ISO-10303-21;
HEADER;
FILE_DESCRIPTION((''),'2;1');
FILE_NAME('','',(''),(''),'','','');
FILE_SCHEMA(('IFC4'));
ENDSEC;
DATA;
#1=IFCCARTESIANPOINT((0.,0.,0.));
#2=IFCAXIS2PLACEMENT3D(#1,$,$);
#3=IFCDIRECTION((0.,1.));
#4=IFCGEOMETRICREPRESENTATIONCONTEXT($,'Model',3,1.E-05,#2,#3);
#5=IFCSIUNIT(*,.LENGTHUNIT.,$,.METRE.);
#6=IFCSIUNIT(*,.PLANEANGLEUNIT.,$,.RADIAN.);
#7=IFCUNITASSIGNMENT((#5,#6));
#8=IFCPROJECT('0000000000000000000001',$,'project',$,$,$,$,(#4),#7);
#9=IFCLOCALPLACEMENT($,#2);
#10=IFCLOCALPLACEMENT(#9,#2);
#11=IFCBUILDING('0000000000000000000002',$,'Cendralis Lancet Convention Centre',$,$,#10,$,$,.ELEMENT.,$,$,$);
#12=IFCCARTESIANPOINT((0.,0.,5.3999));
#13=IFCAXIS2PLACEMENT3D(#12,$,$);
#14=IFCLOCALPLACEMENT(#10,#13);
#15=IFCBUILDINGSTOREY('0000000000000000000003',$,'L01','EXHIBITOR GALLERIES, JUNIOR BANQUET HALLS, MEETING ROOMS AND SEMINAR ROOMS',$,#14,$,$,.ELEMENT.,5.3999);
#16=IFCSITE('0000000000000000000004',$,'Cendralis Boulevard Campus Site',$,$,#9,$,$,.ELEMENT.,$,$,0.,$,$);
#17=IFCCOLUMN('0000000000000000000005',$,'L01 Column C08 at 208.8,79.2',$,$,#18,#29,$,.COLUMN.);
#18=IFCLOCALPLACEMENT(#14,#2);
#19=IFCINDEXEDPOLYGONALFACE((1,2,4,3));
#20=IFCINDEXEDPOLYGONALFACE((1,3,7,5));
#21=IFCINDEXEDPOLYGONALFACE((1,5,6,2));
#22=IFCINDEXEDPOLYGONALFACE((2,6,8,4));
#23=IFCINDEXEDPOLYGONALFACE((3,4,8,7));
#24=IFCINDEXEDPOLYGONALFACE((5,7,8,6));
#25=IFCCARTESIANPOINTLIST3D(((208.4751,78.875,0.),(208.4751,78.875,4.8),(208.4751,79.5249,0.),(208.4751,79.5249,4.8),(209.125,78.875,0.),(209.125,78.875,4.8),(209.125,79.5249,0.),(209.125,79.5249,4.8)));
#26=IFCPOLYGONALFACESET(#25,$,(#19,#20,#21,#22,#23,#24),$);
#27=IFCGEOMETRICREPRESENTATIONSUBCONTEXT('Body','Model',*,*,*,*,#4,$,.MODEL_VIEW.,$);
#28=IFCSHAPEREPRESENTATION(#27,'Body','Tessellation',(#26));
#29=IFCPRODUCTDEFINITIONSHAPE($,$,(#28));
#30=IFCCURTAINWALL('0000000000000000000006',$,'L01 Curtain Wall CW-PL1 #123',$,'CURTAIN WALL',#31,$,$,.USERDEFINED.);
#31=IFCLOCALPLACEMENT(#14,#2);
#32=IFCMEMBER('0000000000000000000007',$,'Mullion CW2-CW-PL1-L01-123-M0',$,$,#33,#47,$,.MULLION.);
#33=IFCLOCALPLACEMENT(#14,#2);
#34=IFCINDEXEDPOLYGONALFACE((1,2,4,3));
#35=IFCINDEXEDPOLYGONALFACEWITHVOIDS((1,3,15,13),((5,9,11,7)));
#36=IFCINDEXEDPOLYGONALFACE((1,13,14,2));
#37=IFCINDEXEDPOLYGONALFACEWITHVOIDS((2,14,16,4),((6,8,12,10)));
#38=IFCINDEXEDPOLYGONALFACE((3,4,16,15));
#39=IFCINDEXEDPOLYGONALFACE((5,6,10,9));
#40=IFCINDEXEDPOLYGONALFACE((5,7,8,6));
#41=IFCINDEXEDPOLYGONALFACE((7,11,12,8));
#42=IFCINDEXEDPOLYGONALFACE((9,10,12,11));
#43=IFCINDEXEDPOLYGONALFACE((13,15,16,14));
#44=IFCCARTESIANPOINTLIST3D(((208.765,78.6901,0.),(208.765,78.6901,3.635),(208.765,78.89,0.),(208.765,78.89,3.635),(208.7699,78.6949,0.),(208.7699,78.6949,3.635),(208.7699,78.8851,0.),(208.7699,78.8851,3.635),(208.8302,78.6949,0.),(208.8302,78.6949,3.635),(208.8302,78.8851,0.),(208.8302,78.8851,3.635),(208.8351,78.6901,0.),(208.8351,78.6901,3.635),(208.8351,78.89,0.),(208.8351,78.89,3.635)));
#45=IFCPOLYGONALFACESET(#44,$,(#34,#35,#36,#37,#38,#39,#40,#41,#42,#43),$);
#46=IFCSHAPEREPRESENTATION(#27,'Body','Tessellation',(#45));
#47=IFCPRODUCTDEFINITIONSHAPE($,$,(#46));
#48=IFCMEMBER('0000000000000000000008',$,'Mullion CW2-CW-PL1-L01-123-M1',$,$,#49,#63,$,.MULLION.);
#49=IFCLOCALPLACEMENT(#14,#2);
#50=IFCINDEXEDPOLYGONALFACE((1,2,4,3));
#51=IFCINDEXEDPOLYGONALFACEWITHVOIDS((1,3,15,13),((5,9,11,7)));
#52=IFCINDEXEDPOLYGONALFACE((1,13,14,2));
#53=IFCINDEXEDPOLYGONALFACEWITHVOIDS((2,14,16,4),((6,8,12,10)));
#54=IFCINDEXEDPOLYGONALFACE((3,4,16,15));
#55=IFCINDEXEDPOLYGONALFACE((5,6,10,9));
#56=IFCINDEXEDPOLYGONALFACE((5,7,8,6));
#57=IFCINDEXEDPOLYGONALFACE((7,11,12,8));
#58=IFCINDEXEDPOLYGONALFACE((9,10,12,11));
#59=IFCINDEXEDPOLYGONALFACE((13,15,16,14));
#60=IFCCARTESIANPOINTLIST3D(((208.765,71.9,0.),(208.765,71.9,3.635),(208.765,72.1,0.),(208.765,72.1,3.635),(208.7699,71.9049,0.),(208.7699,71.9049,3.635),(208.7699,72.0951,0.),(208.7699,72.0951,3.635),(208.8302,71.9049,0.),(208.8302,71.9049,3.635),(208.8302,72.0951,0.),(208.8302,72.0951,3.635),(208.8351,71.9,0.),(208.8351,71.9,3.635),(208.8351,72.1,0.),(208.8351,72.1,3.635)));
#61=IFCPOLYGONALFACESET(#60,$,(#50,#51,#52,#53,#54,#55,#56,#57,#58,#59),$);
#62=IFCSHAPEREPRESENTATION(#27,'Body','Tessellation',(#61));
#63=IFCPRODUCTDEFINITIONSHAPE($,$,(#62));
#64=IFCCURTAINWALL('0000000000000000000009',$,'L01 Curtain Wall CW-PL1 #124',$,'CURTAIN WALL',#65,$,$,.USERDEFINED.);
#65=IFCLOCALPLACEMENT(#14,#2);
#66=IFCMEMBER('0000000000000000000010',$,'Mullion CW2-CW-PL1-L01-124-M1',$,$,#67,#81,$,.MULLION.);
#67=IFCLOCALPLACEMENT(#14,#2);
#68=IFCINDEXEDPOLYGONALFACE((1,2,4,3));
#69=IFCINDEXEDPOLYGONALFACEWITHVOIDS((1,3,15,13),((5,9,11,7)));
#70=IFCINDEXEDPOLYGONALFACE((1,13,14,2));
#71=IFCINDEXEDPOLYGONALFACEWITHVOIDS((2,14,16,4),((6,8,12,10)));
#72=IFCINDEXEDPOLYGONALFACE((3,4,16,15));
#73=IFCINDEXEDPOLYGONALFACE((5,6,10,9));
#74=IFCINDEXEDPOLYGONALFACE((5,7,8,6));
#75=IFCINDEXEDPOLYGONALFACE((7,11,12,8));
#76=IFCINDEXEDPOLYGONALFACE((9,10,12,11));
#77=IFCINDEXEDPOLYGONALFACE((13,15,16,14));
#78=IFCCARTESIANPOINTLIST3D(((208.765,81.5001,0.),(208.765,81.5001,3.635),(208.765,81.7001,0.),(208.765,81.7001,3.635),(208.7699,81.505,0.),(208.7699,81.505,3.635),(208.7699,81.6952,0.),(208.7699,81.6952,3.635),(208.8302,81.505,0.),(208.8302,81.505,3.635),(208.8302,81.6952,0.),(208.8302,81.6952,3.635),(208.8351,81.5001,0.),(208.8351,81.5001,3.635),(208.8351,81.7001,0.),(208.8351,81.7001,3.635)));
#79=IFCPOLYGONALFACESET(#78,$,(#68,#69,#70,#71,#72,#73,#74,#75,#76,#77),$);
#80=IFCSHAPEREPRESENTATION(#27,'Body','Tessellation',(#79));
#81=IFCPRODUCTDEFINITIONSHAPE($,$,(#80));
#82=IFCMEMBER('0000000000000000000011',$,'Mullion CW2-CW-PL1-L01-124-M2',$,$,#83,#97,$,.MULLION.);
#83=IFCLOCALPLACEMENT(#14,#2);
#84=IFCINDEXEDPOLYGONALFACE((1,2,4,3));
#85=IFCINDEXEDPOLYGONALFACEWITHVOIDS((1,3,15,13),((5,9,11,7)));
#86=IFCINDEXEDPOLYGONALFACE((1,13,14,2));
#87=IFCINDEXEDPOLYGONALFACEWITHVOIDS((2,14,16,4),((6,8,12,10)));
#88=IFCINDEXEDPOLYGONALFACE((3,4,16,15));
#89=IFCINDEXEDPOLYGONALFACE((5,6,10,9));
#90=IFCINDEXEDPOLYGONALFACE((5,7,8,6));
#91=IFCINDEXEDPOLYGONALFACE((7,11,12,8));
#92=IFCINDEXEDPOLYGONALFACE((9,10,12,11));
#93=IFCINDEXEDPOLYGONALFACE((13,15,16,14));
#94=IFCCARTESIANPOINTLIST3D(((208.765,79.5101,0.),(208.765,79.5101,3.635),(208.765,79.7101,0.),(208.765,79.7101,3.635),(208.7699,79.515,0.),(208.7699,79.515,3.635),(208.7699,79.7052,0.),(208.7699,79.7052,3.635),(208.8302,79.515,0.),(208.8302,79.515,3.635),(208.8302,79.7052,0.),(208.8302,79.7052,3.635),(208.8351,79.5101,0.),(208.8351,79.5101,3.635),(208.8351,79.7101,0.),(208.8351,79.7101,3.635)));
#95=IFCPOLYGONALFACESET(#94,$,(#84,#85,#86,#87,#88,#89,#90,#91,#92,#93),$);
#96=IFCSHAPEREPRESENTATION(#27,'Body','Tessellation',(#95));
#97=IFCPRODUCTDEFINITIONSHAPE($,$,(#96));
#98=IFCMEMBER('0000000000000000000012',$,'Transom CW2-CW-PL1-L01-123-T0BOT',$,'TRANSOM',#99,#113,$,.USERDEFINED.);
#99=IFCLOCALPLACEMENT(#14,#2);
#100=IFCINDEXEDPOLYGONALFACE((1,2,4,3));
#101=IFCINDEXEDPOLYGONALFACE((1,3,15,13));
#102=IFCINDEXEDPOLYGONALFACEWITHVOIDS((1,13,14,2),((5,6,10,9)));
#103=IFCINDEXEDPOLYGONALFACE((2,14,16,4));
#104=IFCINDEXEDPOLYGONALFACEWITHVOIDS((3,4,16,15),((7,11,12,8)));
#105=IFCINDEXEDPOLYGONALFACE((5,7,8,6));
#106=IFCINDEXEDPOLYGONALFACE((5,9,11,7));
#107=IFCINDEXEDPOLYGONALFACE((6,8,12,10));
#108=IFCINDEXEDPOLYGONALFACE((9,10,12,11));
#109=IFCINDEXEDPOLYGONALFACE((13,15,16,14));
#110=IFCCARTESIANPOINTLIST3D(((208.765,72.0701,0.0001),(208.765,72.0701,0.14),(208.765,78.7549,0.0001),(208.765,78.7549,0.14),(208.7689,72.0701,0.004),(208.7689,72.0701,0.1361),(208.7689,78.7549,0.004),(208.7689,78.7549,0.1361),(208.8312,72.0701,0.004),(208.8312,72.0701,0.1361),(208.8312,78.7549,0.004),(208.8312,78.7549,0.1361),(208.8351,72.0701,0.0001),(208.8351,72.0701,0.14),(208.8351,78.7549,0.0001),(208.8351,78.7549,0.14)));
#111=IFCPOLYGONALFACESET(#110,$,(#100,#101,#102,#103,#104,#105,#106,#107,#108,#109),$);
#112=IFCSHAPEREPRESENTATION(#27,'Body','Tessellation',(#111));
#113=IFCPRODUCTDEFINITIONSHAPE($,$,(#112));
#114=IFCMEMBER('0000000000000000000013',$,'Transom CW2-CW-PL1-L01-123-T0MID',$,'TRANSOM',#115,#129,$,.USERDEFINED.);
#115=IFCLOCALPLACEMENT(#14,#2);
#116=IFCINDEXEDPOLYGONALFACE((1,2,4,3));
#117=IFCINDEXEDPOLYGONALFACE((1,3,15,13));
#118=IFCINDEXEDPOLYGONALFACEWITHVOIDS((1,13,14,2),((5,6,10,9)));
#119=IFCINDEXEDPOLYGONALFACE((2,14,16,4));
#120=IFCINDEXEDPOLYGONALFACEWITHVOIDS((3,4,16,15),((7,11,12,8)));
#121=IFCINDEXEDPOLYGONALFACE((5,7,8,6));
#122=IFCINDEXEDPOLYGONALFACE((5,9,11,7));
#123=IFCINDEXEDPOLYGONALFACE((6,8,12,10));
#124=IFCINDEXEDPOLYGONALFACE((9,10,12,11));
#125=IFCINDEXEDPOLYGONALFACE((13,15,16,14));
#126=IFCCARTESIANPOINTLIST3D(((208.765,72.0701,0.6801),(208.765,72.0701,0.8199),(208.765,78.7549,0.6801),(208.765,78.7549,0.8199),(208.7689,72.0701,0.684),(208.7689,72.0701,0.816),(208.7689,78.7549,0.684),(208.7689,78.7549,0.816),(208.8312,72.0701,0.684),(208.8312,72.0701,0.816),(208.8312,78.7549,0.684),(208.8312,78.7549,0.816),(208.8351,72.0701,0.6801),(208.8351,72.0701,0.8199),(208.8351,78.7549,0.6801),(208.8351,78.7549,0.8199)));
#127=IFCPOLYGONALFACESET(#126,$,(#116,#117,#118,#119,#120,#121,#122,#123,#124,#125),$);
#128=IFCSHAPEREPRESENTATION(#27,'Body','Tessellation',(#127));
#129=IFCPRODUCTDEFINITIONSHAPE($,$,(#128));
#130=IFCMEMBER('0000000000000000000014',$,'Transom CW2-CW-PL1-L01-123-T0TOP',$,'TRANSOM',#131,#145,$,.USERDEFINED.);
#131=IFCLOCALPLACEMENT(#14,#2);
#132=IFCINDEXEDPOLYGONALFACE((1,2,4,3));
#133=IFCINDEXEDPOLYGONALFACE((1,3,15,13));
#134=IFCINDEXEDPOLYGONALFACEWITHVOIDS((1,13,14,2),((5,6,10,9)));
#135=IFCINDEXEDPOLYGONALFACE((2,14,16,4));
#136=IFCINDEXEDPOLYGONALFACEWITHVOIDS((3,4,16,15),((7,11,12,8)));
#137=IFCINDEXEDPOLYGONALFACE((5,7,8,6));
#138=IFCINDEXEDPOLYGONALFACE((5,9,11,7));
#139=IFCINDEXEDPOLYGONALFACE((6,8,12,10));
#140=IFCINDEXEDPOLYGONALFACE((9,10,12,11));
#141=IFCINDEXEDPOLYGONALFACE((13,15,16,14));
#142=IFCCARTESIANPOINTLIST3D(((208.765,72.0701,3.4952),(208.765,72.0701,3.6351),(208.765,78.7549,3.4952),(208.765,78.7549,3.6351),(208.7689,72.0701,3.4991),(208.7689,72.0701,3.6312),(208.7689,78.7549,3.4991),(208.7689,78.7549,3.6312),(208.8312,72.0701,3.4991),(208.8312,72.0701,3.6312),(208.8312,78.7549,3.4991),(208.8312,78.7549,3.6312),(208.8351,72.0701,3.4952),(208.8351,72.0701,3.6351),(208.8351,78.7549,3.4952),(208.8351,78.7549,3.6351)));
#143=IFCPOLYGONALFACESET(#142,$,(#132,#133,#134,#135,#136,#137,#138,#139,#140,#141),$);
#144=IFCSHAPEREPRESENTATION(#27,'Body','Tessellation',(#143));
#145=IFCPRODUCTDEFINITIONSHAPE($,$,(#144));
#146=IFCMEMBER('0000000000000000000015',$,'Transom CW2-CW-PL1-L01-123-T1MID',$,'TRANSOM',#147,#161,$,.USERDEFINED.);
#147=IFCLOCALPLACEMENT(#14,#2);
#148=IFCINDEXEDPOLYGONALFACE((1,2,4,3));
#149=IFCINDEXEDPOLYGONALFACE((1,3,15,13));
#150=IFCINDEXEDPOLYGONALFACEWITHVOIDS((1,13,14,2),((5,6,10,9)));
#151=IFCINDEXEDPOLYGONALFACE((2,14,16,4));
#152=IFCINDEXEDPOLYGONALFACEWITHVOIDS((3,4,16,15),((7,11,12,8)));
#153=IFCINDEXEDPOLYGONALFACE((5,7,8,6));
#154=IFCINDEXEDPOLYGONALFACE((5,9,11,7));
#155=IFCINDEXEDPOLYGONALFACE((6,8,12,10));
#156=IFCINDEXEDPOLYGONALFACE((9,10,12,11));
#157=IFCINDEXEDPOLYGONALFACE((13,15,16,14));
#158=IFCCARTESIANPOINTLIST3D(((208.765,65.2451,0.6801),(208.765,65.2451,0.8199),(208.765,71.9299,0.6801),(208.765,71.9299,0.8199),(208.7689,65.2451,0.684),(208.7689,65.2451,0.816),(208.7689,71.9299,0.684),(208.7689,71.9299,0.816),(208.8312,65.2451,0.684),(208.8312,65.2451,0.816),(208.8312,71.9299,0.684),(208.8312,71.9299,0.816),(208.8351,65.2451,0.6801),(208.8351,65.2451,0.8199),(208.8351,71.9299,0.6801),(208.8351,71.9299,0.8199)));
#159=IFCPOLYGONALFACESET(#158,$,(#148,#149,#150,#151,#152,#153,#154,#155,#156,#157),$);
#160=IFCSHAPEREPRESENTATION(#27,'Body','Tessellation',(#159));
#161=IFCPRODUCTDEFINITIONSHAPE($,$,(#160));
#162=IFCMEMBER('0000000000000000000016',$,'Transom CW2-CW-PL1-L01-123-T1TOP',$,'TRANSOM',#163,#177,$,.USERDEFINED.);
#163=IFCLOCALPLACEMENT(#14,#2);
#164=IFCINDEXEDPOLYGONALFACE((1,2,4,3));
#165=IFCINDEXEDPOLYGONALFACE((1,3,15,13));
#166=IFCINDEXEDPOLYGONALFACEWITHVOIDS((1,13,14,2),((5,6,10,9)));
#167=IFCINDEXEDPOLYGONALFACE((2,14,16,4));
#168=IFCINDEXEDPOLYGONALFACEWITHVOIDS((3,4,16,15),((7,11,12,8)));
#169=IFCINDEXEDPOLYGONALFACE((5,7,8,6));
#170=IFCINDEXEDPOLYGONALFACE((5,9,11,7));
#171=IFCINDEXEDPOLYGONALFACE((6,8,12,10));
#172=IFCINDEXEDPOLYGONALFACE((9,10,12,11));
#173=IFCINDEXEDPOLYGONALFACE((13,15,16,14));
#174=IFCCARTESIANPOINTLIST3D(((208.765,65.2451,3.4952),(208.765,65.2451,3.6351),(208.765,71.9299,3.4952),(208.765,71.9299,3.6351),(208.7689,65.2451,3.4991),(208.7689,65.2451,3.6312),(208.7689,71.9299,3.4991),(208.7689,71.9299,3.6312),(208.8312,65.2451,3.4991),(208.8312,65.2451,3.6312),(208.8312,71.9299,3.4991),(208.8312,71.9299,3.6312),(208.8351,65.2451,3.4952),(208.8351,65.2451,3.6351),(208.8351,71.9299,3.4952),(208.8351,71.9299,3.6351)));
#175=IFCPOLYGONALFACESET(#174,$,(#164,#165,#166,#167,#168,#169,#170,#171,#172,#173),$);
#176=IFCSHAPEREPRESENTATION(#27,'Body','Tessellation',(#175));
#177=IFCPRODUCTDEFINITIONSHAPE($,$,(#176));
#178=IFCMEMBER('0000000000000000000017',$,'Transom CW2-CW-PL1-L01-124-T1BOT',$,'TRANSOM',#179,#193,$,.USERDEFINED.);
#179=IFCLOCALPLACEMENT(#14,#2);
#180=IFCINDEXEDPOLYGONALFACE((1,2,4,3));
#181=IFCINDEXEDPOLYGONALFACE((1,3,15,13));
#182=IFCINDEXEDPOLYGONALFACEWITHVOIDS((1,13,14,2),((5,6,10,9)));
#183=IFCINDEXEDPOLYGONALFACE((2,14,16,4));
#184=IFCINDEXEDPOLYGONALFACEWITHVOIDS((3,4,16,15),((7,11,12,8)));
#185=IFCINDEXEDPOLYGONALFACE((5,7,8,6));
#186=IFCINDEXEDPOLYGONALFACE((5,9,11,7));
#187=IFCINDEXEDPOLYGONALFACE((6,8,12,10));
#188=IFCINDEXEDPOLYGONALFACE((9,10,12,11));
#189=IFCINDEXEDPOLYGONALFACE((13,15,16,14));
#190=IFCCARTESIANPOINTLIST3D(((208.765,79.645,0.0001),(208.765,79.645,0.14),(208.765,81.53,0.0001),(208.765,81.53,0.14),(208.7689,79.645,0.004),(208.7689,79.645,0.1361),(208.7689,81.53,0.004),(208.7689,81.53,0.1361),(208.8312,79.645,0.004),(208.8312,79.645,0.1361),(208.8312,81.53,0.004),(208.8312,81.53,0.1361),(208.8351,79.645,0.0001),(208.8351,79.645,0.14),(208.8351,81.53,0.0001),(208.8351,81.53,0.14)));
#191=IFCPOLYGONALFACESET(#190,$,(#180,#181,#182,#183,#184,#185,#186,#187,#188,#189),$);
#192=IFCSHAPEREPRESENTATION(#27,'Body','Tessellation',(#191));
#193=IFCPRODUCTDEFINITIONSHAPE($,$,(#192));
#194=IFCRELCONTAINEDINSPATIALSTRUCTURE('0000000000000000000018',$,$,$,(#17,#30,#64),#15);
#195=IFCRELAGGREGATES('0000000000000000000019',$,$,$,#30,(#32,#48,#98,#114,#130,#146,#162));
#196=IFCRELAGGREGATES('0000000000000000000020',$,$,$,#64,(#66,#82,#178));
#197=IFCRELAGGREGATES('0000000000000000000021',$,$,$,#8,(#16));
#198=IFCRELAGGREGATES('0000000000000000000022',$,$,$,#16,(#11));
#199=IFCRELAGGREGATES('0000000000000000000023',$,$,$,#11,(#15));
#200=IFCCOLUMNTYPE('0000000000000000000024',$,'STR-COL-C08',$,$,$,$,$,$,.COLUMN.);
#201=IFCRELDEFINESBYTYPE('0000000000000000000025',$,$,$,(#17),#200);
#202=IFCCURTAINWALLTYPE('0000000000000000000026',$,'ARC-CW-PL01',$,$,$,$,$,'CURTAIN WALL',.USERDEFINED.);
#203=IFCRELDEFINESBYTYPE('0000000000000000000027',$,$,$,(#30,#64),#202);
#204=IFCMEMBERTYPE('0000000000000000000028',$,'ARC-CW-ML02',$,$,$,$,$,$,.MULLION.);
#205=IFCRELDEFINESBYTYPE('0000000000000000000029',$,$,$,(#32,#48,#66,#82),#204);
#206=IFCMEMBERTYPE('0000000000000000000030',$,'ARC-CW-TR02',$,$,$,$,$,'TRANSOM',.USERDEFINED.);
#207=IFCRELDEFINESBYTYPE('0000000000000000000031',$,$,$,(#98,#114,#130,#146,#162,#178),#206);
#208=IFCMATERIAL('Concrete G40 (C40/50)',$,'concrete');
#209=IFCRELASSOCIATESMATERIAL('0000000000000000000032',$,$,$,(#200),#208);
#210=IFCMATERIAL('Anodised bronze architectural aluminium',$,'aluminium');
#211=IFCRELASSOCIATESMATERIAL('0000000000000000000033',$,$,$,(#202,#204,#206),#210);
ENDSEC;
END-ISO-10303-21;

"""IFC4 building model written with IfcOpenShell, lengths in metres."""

from ifc_helpers import new_model, si_unit, direction, frame, origin, origin_2d, place, context, subcontext, project, spatial, rectangle, hollow_rectangle, extrude, material, material_profile, profile_set, type_object, element, aggregate, save


model = new_model("IFC4")

# Units and contexts
model_context = context("Model", 3, precision=1e-05, world=origin(), true_north=direction((0.0, 1.0)))
body_context = subcontext(model_context, "Body", "Model", "MODEL_VIEW")
ifc_project = project(units=[si_unit("LENGTHUNIT", "METRE"), si_unit("PLANEANGLEUNIT", "RADIAN")], contexts=[model_context])

# Site, building, storey
site_placement = place(None, origin())
site = spatial("IfcSite", under=ifc_project, at=site_placement, Name="Cendralis Boulevard Campus Site", CompositionType="ELEMENT", RefElevation=0.0)
building_placement = place(site_placement, origin())
building = spatial("IfcBuilding", under=site, at=building_placement, Name="Cendralis Lancet Convention Centre", CompositionType="ELEMENT")
storey_placement = place(building_placement, frame((0.0, 0.0, 5.3999)))
storey = spatial("IfcBuildingStorey", under=building, at=storey_placement, Name="L01", Description="EXHIBITOR GALLERIES, JUNIOR BANQUET HALLS, MEETING ROOMS AND SEMINAR ROOMS", CompositionType="ELEMENT", Elevation=5.3999)

# Column
ifc_material_1 = material(Name="Concrete G40 (C40/50)", Category="concrete")
ifc_material_profile_1 = material_profile(ifc_material_1, rectangle(XDim=0.6499, YDim=0.6499, at=origin_2d()), Name="RC 650x650")
ifc_profile_set_1 = profile_set([ifc_material_profile_1], Name="Concrete G40 (C40/50)")
column_type = type_object("IfcColumnType", Name="STR-COL-C08", PredefinedType="COLUMN", material=ifc_profile_set_1)
column_placement = place(storey_placement, frame((208.8, 79.2, 0.0), z_axis=(0.0, 0.0, 1.0), x_axis=(1.0, 0.0, 0.0)))
element("IfcColumn", 1, at=column_placement, inside=storey, type_object=column_type, Name="L01 Column C08 at 208.8,79.2", PredefinedType="COLUMN", context=body_context, shape_type="SweptSolid", body=[
    extrude(rectangle(XDim=0.6499, YDim=0.6499, at=origin_2d()), origin(), (0.0, 0.0, 1.0), 4.8),
])

# Curtain walls, members
ifc_material_2 = material(Name="Anodised bronze architectural aluminium", Category="aluminium")
curtain_wall_type = type_object("IfcCurtainWallType", Name="ARC-CW-PL01", ElementType="CURTAIN WALL", PredefinedType="USERDEFINED", material=ifc_material_2)
curtain_wall_1_placement = place(storey_placement, origin())
curtain_wall_1 = element("IfcCurtainWall", 2, at=curtain_wall_1_placement, inside=storey, type_object=curtain_wall_type, Name="L01 Curtain Wall CW-PL1 #123", ObjectType="CURTAIN WALL", PredefinedType="USERDEFINED")
ifc_material_profile_2 = material_profile(ifc_material_2, hollow_rectangle(XDim=0.0701, YDim=0.2, WallThickness=0.0049, at=origin_2d()), Name="AL-MULL 70x200x5.0")
ifc_profile_set_2 = profile_set([ifc_material_profile_2], Name="Anodised bronze architectural aluminium")
member_type_1 = type_object("IfcMemberType", Name="ARC-CW-ML02", PredefinedType="MULLION", material=ifc_profile_set_2)
member_1_placement = place(storey_placement, frame((208.8, 78.79, 0.0), z_axis=(0.0, 0.0, 1.0), x_axis=(1.0, 0.0, 0.0)))
member_1 = element("IfcMember", 3, at=member_1_placement, type_object=member_type_1, Name="Mullion CW2-CW-PL1-L01-123-M0", PredefinedType="MULLION", context=body_context, shape_type="SweptSolid", body=[
    extrude(hollow_rectangle(XDim=0.0701, YDim=0.2, WallThickness=0.0049, at=origin_2d()), origin(), (0.0, 0.0, 1.0), 3.635),
])
member_2_placement = place(storey_placement, frame((208.8, 72.0, 0.0), z_axis=(0.0, 0.0, 1.0), x_axis=(1.0, 0.0, 0.0)))
member_2 = element("IfcMember", 4, at=member_2_placement, type_object=member_type_1, Name="Mullion CW2-CW-PL1-L01-123-M1", PredefinedType="MULLION", context=body_context, shape_type="SweptSolid", body=[
    extrude(hollow_rectangle(XDim=0.0701, YDim=0.2, WallThickness=0.0049, at=origin_2d()), origin(), (0.0, 0.0, 1.0), 3.635),
])
curtain_wall_2_placement = place(storey_placement, origin())
curtain_wall_2 = element("IfcCurtainWall", 5, at=curtain_wall_2_placement, inside=storey, type_object=curtain_wall_type, Name="L01 Curtain Wall CW-PL1 #124", ObjectType="CURTAIN WALL", PredefinedType="USERDEFINED")
member_3_placement = place(storey_placement, frame((208.8, 81.6001, 0.0), z_axis=(0.0, 0.0, 1.0), x_axis=(1.0, 0.0, 0.0)))
member_3 = element("IfcMember", 6, at=member_3_placement, type_object=member_type_1, Name="Mullion CW2-CW-PL1-L01-124-M1", PredefinedType="MULLION", context=body_context, shape_type="SweptSolid", body=[
    extrude(hollow_rectangle(XDim=0.0701, YDim=0.2, WallThickness=0.0049, at=origin_2d()), origin(), (0.0, 0.0, 1.0), 3.635),
])
member_4_placement = place(storey_placement, frame((208.8, 79.6101, 0.0), z_axis=(0.0, 0.0, 1.0), x_axis=(1.0, 0.0, 0.0)))
member_4 = element("IfcMember", 7, at=member_4_placement, type_object=member_type_1, Name="Mullion CW2-CW-PL1-L01-124-M2", PredefinedType="MULLION", context=body_context, shape_type="SweptSolid", body=[
    extrude(hollow_rectangle(XDim=0.0701, YDim=0.2, WallThickness=0.0049, at=origin_2d()), origin(), (0.0, 0.0, 1.0), 3.635),
])

# Members
ifc_material_profile_3 = material_profile(ifc_material_2, hollow_rectangle(XDim=0.0701, YDim=0.1399, WallThickness=0.0039, at=origin_2d()), Name="AL-TRAN 70x140x4.0")
ifc_profile_set_3 = profile_set([ifc_material_profile_3], Name="Anodised bronze architectural aluminium")
member_type_2 = type_object("IfcMemberType", Name="ARC-CW-TR02", ElementType="TRANSOM", PredefinedType="USERDEFINED", material=ifc_profile_set_3)
member_5_placement = place(storey_placement, frame((208.8, 78.7549, 0.0701), z_axis=(0.0, -1.0, 0.0), x_axis=(1.0, 0.0, 0.0)))
member_5 = element("IfcMember", 8, at=member_5_placement, type_object=member_type_2, Name="Transom CW2-CW-PL1-L01-123-T0BOT", ObjectType="TRANSOM", PredefinedType="USERDEFINED", context=body_context, shape_type="SweptSolid", body=[
    extrude(hollow_rectangle(XDim=0.0701, YDim=0.1399, WallThickness=0.0039, at=origin_2d()), origin(), (0.0, 0.0, 1.0), 6.6848),
])
member_6_placement = place(storey_placement, frame((208.8, 78.7549, 0.75), z_axis=(0.0, -1.0, 0.0), x_axis=(1.0, 0.0, 0.0)))
member_6 = element("IfcMember", 9, at=member_6_placement, type_object=member_type_2, Name="Transom CW2-CW-PL1-L01-123-T0MID", ObjectType="TRANSOM", PredefinedType="USERDEFINED", context=body_context, shape_type="SweptSolid", body=[
    extrude(hollow_rectangle(XDim=0.0701, YDim=0.1399, WallThickness=0.0039, at=origin_2d()), origin(), (0.0, 0.0, 1.0), 6.6848),
])
member_7_placement = place(storey_placement, frame((208.8, 78.7549, 3.5652), z_axis=(0.0, -1.0, 0.0), x_axis=(1.0, 0.0, 0.0)))
member_7 = element("IfcMember", 10, at=member_7_placement, type_object=member_type_2, Name="Transom CW2-CW-PL1-L01-123-T0TOP", ObjectType="TRANSOM", PredefinedType="USERDEFINED", context=body_context, shape_type="SweptSolid", body=[
    extrude(hollow_rectangle(XDim=0.0701, YDim=0.1399, WallThickness=0.0039, at=origin_2d()), origin(), (0.0, 0.0, 1.0), 6.6848),
])
member_8_placement = place(storey_placement, frame((208.8, 71.9299, 0.75), z_axis=(0.0, -1.0, 0.0), x_axis=(1.0, 0.0, 0.0)))
member_8 = element("IfcMember", 11, at=member_8_placement, type_object=member_type_2, Name="Transom CW2-CW-PL1-L01-123-T1MID", ObjectType="TRANSOM", PredefinedType="USERDEFINED", context=body_context, shape_type="SweptSolid", body=[
    extrude(hollow_rectangle(XDim=0.0701, YDim=0.1399, WallThickness=0.0039, at=origin_2d()), origin(), (0.0, 0.0, 1.0), 6.6848),
])
member_9_placement = place(storey_placement, frame((208.8, 71.9299, 3.5652), z_axis=(0.0, -1.0, 0.0), x_axis=(1.0, 0.0, 0.0)))
member_9 = element("IfcMember", 12, at=member_9_placement, type_object=member_type_2, Name="Transom CW2-CW-PL1-L01-123-T1TOP", ObjectType="TRANSOM", PredefinedType="USERDEFINED", context=body_context, shape_type="SweptSolid", body=[
    extrude(hollow_rectangle(XDim=0.0701, YDim=0.1399, WallThickness=0.0039, at=origin_2d()), origin(), (0.0, 0.0, 1.0), 6.6848),
])
member_10_placement = place(storey_placement, frame((208.8, 81.53, 0.0701), z_axis=(0.0, -1.0, 0.0), x_axis=(1.0, 0.0, 0.0)))
member_10 = element("IfcMember", 13, at=member_10_placement, type_object=member_type_2, Name="Transom CW2-CW-PL1-L01-124-T1BOT", ObjectType="TRANSOM", PredefinedType="USERDEFINED", context=body_context, shape_type="SweptSolid", body=[
    extrude(hollow_rectangle(XDim=0.0701, YDim=0.1399, WallThickness=0.0039, at=origin_2d()), origin(), (0.0, 0.0, 1.0), 1.885),
])

aggregate(curtain_wall_1, [member_1, member_2, member_5, member_6, member_7, member_8, member_9])
aggregate(curtain_wall_2, [member_3, member_4, member_10])

save(model, "model.ifc")
